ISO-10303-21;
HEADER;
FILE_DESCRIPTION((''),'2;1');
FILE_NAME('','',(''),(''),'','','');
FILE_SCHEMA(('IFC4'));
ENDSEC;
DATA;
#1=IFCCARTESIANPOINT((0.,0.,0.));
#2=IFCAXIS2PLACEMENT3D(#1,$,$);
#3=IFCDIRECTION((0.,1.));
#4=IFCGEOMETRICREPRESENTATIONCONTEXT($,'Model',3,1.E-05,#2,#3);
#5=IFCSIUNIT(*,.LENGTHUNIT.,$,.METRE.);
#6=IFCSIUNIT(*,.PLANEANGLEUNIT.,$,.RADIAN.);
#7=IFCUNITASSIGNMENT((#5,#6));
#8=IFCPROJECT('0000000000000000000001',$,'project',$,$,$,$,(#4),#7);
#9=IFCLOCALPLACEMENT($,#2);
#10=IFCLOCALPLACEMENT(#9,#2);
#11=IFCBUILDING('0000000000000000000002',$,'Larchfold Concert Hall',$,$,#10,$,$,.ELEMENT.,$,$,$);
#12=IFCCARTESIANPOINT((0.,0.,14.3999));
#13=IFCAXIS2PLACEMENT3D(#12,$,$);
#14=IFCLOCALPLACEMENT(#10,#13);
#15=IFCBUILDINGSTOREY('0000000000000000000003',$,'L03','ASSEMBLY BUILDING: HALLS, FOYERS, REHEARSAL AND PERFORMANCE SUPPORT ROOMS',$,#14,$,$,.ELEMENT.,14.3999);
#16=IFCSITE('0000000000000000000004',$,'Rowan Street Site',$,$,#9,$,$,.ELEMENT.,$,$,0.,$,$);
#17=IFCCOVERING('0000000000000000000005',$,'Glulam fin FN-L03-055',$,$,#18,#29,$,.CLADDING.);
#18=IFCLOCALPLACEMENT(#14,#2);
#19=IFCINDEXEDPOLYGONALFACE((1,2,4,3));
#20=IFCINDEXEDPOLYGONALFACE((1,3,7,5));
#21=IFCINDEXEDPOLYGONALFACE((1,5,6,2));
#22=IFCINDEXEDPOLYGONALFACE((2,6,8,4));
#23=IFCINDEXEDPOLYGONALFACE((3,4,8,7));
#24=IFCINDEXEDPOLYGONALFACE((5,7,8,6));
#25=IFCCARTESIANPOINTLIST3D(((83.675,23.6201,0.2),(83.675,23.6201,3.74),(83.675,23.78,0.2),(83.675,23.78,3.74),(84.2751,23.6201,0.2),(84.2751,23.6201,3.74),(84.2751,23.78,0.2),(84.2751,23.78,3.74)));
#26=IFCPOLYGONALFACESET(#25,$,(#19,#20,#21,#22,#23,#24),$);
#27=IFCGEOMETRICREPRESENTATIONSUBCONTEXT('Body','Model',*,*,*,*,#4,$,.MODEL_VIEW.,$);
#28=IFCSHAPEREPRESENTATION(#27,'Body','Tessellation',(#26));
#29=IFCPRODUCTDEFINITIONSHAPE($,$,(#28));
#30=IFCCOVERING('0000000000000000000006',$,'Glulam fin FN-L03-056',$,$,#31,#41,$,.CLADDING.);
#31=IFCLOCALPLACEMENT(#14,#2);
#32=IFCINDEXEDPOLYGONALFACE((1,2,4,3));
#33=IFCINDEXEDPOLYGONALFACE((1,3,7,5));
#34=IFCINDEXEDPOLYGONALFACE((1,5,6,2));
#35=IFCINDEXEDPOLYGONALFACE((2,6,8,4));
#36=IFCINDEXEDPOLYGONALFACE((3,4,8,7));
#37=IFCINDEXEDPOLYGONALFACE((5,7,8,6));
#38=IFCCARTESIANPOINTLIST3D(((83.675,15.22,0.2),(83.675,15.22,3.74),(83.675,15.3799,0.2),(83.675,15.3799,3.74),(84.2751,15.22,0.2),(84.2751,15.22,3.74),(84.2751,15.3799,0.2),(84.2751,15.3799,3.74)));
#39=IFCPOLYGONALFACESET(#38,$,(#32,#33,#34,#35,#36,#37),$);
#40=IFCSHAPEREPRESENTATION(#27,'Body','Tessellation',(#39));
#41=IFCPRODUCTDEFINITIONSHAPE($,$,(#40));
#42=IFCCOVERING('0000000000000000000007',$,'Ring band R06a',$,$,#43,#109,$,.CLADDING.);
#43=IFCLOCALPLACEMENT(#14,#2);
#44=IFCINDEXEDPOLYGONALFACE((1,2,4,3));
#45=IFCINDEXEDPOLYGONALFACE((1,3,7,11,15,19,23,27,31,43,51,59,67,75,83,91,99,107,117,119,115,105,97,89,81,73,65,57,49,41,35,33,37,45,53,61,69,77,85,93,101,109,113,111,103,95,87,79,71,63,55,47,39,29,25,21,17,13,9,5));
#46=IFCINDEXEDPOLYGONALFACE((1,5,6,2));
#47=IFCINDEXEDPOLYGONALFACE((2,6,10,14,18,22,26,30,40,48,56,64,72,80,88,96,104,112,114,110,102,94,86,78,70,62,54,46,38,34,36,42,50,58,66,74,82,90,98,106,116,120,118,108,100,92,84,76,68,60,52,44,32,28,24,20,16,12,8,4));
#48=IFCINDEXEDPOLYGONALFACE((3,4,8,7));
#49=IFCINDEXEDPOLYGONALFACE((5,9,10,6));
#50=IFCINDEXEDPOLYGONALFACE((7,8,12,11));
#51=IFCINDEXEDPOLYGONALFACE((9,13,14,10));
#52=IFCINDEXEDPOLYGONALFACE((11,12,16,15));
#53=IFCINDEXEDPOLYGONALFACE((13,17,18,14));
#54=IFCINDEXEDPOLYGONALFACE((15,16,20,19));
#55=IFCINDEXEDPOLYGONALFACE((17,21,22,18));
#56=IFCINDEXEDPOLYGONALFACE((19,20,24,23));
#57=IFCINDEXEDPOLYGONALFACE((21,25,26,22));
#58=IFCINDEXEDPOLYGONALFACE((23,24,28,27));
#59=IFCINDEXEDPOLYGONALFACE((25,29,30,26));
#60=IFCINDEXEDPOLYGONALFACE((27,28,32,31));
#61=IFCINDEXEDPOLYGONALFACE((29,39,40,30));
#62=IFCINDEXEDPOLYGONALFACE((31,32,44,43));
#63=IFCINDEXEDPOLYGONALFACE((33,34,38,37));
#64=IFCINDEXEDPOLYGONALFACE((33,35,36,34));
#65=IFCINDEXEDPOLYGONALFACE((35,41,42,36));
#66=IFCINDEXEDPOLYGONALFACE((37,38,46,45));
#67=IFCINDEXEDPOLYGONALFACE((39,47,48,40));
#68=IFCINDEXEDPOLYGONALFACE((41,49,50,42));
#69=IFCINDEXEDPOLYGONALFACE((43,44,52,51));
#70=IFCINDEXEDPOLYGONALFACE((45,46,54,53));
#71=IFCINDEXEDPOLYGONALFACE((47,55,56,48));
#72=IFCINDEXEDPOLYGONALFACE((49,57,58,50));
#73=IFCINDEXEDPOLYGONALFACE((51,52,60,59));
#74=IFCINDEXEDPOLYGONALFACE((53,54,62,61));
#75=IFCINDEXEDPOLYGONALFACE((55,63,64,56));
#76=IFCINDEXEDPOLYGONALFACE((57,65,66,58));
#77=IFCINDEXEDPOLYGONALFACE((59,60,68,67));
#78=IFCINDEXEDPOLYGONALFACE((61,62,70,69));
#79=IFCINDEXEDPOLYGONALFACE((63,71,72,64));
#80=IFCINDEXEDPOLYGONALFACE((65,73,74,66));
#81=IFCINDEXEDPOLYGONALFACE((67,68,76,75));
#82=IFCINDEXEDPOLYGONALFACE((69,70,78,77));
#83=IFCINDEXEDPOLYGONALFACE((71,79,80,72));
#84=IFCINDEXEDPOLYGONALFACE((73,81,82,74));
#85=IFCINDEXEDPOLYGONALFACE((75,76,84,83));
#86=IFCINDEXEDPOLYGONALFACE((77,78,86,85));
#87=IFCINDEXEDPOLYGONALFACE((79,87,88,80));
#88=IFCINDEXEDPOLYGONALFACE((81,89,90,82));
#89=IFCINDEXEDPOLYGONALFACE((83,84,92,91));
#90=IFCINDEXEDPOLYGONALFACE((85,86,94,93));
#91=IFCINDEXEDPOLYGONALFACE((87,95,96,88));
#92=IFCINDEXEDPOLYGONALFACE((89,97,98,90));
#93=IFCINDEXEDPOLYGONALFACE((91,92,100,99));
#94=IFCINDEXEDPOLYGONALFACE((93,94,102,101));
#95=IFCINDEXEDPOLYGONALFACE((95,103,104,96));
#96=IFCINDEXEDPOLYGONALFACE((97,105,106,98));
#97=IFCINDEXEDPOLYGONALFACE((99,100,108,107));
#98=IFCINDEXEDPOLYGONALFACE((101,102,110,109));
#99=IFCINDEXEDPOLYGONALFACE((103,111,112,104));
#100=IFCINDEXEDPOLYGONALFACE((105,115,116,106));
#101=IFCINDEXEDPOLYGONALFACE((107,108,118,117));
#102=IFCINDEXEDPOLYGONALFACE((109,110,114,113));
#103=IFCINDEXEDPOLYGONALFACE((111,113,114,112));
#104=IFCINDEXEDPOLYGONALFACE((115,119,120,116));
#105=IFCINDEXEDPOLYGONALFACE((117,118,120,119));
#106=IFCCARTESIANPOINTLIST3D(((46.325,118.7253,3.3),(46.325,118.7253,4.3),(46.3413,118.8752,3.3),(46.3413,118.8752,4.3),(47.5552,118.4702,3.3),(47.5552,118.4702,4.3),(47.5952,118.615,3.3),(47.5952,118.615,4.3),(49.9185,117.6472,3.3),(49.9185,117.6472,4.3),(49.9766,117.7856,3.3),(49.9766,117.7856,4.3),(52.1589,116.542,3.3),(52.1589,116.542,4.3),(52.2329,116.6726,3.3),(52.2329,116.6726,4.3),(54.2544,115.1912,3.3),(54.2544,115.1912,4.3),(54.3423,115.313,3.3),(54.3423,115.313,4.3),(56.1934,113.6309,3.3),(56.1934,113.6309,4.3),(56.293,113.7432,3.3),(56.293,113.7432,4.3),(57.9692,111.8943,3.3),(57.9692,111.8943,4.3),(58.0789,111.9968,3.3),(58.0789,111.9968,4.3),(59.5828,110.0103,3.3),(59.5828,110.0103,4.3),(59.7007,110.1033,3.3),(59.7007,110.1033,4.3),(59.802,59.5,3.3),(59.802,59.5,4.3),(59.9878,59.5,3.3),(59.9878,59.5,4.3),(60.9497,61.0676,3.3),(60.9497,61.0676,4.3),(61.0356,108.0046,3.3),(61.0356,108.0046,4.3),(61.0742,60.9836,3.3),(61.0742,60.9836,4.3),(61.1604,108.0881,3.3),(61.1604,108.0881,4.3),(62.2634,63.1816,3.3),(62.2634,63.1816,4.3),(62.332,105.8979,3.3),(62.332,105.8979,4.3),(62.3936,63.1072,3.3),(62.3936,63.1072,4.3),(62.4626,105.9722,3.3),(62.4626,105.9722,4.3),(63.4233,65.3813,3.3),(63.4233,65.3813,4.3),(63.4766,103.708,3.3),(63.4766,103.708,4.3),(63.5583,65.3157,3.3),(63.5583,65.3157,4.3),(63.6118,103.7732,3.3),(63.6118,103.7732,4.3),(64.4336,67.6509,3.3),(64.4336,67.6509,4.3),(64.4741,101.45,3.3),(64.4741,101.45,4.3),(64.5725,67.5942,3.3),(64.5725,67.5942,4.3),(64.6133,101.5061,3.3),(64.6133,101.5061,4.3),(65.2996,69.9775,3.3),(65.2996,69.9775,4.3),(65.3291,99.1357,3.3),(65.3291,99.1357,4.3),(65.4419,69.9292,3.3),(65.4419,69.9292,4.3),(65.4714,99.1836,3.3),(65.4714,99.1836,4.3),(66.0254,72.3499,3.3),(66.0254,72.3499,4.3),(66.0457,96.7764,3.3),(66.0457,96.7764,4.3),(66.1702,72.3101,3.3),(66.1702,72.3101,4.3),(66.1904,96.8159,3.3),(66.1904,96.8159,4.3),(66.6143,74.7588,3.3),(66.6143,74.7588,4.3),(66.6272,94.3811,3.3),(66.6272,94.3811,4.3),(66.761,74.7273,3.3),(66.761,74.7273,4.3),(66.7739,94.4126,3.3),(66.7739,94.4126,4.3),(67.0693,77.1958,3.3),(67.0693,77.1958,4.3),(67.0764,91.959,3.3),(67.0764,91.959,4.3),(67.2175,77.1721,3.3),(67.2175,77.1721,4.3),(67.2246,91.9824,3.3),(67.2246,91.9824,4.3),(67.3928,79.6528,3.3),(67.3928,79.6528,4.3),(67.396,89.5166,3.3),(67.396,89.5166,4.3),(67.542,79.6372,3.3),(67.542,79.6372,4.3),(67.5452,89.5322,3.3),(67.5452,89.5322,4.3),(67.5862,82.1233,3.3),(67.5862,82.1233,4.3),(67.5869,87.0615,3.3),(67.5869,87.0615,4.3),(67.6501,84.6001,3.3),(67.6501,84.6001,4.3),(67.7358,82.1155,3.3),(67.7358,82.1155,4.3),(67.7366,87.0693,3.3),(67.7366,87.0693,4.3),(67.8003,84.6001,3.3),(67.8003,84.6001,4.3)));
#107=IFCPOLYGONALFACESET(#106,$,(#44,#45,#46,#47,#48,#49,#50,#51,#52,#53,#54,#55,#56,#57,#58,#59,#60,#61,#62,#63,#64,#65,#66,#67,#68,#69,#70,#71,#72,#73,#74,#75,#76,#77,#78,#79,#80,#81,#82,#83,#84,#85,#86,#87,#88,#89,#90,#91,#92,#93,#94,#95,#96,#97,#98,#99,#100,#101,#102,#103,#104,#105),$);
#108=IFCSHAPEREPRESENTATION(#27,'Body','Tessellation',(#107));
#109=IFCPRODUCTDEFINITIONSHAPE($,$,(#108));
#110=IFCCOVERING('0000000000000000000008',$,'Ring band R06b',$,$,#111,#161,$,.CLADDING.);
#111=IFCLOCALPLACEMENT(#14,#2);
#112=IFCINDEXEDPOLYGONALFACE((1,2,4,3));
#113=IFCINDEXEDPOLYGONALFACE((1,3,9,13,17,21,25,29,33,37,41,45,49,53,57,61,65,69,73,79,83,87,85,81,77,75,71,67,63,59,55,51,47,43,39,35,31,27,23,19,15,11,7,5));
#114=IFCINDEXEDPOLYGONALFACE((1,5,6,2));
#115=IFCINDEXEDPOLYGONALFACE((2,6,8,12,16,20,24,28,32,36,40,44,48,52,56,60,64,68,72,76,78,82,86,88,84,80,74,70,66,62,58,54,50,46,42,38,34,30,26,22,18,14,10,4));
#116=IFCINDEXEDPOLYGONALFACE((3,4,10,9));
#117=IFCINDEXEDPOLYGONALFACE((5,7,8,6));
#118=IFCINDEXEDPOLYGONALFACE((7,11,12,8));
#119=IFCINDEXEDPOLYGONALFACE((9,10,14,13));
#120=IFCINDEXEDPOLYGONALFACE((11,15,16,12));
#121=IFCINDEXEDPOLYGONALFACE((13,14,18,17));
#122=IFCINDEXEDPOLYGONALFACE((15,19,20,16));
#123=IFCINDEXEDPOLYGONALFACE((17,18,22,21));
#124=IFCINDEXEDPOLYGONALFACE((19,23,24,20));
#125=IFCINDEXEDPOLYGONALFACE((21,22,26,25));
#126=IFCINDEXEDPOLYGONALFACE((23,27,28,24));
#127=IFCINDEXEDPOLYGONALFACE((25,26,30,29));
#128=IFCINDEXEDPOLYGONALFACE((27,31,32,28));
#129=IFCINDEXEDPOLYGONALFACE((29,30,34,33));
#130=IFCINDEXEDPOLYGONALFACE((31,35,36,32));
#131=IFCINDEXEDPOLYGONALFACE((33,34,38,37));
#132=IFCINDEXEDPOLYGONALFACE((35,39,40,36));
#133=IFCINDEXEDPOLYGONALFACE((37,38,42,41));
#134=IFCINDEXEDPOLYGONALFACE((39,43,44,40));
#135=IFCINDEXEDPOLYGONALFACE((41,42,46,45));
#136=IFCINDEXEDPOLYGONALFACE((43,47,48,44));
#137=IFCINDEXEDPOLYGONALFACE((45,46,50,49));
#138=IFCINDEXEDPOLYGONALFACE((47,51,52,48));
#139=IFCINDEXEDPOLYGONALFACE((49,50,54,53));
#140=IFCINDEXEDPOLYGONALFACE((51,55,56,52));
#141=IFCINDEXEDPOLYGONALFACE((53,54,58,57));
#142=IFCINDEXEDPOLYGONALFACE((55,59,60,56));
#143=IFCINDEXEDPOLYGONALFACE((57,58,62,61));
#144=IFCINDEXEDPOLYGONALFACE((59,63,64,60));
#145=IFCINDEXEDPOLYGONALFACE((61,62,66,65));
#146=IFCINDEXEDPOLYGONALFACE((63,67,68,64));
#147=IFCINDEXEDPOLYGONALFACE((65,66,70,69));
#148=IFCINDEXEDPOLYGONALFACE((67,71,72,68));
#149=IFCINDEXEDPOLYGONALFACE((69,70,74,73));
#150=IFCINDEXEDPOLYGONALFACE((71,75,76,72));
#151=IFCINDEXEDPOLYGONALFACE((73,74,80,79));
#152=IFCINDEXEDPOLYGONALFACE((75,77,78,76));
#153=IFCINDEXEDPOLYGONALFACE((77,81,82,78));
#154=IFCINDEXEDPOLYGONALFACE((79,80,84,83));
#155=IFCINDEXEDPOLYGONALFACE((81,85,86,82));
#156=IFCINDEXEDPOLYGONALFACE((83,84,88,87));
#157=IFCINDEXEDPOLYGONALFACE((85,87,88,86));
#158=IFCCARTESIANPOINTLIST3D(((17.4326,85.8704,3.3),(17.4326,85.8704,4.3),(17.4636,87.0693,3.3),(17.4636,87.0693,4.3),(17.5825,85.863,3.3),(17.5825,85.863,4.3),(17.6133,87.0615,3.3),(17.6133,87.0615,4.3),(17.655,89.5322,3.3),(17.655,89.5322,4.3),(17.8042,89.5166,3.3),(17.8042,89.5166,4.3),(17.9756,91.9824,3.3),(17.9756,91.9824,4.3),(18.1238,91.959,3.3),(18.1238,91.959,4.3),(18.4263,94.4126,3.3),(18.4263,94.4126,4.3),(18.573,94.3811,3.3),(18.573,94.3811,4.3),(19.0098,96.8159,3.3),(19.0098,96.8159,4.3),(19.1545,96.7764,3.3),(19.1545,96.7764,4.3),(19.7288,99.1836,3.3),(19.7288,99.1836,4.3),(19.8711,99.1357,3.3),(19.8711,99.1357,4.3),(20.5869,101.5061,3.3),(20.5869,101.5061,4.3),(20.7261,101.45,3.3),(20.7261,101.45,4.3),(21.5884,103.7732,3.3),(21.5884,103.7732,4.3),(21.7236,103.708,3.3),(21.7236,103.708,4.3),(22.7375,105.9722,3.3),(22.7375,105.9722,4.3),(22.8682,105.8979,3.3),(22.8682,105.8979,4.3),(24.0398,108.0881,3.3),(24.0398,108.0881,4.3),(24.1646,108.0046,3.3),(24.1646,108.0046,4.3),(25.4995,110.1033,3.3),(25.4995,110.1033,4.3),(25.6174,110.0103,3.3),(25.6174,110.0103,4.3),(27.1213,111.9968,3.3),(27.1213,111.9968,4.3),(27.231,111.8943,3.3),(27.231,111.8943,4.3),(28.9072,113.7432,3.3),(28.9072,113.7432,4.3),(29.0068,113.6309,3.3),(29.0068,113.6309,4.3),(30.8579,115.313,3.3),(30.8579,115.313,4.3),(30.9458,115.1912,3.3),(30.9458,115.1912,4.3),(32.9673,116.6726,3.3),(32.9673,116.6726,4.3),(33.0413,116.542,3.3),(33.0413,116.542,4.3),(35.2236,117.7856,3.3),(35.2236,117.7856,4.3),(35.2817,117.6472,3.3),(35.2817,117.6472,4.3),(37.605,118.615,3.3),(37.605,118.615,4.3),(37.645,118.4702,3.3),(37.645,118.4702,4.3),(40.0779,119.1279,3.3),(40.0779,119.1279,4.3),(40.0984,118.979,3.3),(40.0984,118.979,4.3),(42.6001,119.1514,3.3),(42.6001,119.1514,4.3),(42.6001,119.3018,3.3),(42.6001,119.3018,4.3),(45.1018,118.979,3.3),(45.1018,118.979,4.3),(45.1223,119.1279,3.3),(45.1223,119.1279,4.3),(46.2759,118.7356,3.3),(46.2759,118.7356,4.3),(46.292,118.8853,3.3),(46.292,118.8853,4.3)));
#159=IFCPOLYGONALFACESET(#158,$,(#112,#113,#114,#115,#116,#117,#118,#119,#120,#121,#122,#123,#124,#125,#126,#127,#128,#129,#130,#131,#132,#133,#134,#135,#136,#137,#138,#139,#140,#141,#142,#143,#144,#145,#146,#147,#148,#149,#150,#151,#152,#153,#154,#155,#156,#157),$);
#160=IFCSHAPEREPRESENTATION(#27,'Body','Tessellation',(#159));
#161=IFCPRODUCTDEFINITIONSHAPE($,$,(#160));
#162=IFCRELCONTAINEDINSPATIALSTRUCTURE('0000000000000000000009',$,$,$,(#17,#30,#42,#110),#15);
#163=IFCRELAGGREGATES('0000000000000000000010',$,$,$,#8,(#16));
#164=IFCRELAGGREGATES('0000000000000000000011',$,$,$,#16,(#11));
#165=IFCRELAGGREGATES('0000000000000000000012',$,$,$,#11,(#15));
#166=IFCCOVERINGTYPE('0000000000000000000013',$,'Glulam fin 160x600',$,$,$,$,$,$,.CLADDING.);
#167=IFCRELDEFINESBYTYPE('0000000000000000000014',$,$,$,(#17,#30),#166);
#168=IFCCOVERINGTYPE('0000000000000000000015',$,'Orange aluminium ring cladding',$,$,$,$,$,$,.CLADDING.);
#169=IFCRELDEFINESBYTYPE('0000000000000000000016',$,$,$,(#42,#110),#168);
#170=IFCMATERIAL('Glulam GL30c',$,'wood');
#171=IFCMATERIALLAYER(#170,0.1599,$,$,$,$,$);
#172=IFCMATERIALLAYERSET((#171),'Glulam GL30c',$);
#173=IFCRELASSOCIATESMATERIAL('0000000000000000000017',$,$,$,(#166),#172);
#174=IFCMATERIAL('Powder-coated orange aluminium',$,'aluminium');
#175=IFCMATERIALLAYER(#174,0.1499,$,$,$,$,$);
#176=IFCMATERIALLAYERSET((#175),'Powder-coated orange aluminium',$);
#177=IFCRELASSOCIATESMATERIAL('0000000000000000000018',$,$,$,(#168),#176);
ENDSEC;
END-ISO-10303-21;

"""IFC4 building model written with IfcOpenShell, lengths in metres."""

from ifc_helpers import new_model, si_unit, direction, frame, origin, place, context, subcontext, project, spatial, polyline, outline, extrude, material, layer, layer_set, type_object, element, save


model = new_model("IFC4")

# Units and contexts
model_context = context("Model", 3, precision=1e-05, world=origin(), true_north=direction((0.0, 1.0)))
body_context = subcontext(model_context, "Body", "Model", "MODEL_VIEW")
ifc_project = project(units=[si_unit("LENGTHUNIT", "METRE"), si_unit("PLANEANGLEUNIT", "RADIAN")], contexts=[model_context])

# Site, building, storey
site_placement = place(None, origin())
site = spatial("IfcSite", under=ifc_project, at=site_placement, Name="Rowan Street Site", CompositionType="ELEMENT", RefElevation=0.0)
building_placement = place(site_placement, origin())
building = spatial("IfcBuilding", under=site, at=building_placement, Name="Larchfold Concert Hall", CompositionType="ELEMENT")
storey_placement = place(building_placement, frame((0.0, 0.0, 14.3999)))
storey = spatial("IfcBuildingStorey", under=building, at=storey_placement, Name="L03", Description="ASSEMBLY BUILDING: HALLS, FOYERS, REHEARSAL AND PERFORMANCE SUPPORT ROOMS", CompositionType="ELEMENT", Elevation=14.3999)

# Coverings
ifc_material_1 = material(Name="Glulam GL30c", Category="wood")
ifc_layer_1 = layer(ifc_material_1, 0.1599)
ifc_layer_set_1 = layer_set([ifc_layer_1], Name="Glulam GL30c")
covering_type_1 = type_object("IfcCoveringType", Name="Glulam fin 160x600", PredefinedType="CLADDING", material=ifc_layer_set_1)
covering_1_placement = place(storey_placement, frame((0.0, 0.0, 0.2)))
element("IfcCovering", 1, at=covering_1_placement, inside=storey, type_object=covering_type_1, Name="Glulam fin FN-L03-055", PredefinedType="CLADDING", context=body_context, shape_type="SweptSolid", body=[
    extrude(outline(polyline([(84.2751, 23.6201), (84.2751, 23.78), (83.675, 23.78), (83.675, 23.6201), (84.2751, 23.6201)])), origin(), (0.0, 0.0, 1.0), 3.54),
])
covering_2_placement = place(storey_placement, frame((0.0, 0.0, 0.2)))
element("IfcCovering", 2, at=covering_2_placement, inside=storey, type_object=covering_type_1, Name="Glulam fin FN-L03-056", PredefinedType="CLADDING", context=body_context, shape_type="SweptSolid", body=[
    extrude(outline(polyline([(84.2751, 15.22), (84.2751, 15.3799), (83.675, 15.3799), (83.675, 15.22), (84.2751, 15.22)])), origin(), (0.0, 0.0, 1.0), 3.54),
])
ifc_material_2 = material(Name="Powder-coated orange aluminium", Category="aluminium")
ifc_layer_2 = layer(ifc_material_2, 0.1499)
ifc_layer_set_2 = layer_set([ifc_layer_2], Name="Powder-coated orange aluminium")
covering_type_2 = type_object("IfcCoveringType", Name="Orange aluminium ring cladding", PredefinedType="CLADDING", material=ifc_layer_set_2)
covering_3_placement = place(storey_placement, frame((0.0, 0.0, 3.3)))
element("IfcCovering", 3, at=covering_3_placement, inside=storey, type_object=covering_type_2, Name="Ring band R06a", PredefinedType="CLADDING", context=body_context, shape_type="SweptSolid", body=[
    extrude(outline(polyline([(66.761, 74.7273), (67.2175, 77.1721), (67.542, 79.6372), (67.7358, 82.1155), (67.8003, 84.6001), (67.7366, 87.0693), (67.5452, 89.5322), (67.2246, 91.9824), (66.7739, 94.4126), (66.1904, 96.8159), (65.4714, 99.1836), (64.6133, 101.5061), (63.6118, 103.7732), (62.4626, 105.9722), (61.1604, 108.0881), (59.7007, 110.1033), (58.0789, 111.9968), (56.293, 113.7432), (54.3423, 115.313), (52.2329, 116.6726), (49.9766, 117.7856), (47.5952, 118.615), (46.3413, 118.8752), (46.325, 118.7253), (47.5552, 118.4702), (49.9185, 117.6472), (52.1589, 116.542), (54.2544, 115.1912), (56.1934, 113.6309), (57.9692, 111.8943), (59.5828, 110.0103), (61.0356, 108.0046), (62.332, 105.8979), (63.4766, 103.708), (64.4741, 101.45), (65.3291, 99.1357), (66.0457, 96.7764), (66.6272, 94.3811), (67.0764, 91.959), (67.396, 89.5166), (67.5869, 87.0615), (67.6501, 84.6001), (67.5862, 82.1233), (67.3928, 79.6528), (67.0693, 77.1958), (66.6143, 74.7588), (66.0254, 72.3499), (65.2996, 69.9775), (64.4336, 67.6509), (63.4233, 65.3813), (62.2634, 63.1816), (60.9497, 61.0676), (59.802, 59.5), (59.9878, 59.5), (61.0742, 60.9836), (62.3936, 63.1072), (63.5583, 65.3157), (64.5725, 67.5942), (65.4419, 69.9292), (66.1702, 72.3101), (66.761, 74.7273)])), origin(), (0.0, 0.0, 1.0), 1.0),
])
covering_4_placement = place(storey_placement, frame((0.0, 0.0, 3.3)))
element("IfcCovering", 4, at=covering_4_placement, inside=storey, type_object=covering_type_2, Name="Ring band R06b", PredefinedType="CLADDING", context=body_context, shape_type="SweptSolid", body=[
    extrude(outline(polyline([(42.6001, 119.1514), (45.1018, 118.979), (46.2759, 118.7356), (46.292, 118.8853), (45.1223, 119.1279), (42.6001, 119.3018), (40.0779, 119.1279), (37.605, 118.615), (35.2236, 117.7856), (32.9673, 116.6726), (30.8579, 115.313), (28.9072, 113.7432), (27.1213, 111.9968), (25.4995, 110.1033), (24.0398, 108.0881), (22.7375, 105.9722), (21.5884, 103.7732), (20.5869, 101.5061), (19.7288, 99.1836), (19.0098, 96.8159), (18.4263, 94.4126), (17.9756, 91.9824), (17.655, 89.5322), (17.4636, 87.0693), (17.4326, 85.8704), (17.5825, 85.863), (17.6133, 87.0615), (17.8042, 89.5166), (18.1238, 91.959), (18.573, 94.3811), (19.1545, 96.7764), (19.8711, 99.1357), (20.7261, 101.45), (21.7236, 103.708), (22.8682, 105.8979), (24.1646, 108.0046), (25.6174, 110.0103), (27.231, 111.8943), (29.0068, 113.6309), (30.9458, 115.1912), (33.0413, 116.542), (35.2817, 117.6472), (37.645, 118.4702), (40.0984, 118.979), (42.6001, 119.1514)])), origin(), (0.0, 0.0, 1.0), 1.0),
])

save(model, "model.ifc")
